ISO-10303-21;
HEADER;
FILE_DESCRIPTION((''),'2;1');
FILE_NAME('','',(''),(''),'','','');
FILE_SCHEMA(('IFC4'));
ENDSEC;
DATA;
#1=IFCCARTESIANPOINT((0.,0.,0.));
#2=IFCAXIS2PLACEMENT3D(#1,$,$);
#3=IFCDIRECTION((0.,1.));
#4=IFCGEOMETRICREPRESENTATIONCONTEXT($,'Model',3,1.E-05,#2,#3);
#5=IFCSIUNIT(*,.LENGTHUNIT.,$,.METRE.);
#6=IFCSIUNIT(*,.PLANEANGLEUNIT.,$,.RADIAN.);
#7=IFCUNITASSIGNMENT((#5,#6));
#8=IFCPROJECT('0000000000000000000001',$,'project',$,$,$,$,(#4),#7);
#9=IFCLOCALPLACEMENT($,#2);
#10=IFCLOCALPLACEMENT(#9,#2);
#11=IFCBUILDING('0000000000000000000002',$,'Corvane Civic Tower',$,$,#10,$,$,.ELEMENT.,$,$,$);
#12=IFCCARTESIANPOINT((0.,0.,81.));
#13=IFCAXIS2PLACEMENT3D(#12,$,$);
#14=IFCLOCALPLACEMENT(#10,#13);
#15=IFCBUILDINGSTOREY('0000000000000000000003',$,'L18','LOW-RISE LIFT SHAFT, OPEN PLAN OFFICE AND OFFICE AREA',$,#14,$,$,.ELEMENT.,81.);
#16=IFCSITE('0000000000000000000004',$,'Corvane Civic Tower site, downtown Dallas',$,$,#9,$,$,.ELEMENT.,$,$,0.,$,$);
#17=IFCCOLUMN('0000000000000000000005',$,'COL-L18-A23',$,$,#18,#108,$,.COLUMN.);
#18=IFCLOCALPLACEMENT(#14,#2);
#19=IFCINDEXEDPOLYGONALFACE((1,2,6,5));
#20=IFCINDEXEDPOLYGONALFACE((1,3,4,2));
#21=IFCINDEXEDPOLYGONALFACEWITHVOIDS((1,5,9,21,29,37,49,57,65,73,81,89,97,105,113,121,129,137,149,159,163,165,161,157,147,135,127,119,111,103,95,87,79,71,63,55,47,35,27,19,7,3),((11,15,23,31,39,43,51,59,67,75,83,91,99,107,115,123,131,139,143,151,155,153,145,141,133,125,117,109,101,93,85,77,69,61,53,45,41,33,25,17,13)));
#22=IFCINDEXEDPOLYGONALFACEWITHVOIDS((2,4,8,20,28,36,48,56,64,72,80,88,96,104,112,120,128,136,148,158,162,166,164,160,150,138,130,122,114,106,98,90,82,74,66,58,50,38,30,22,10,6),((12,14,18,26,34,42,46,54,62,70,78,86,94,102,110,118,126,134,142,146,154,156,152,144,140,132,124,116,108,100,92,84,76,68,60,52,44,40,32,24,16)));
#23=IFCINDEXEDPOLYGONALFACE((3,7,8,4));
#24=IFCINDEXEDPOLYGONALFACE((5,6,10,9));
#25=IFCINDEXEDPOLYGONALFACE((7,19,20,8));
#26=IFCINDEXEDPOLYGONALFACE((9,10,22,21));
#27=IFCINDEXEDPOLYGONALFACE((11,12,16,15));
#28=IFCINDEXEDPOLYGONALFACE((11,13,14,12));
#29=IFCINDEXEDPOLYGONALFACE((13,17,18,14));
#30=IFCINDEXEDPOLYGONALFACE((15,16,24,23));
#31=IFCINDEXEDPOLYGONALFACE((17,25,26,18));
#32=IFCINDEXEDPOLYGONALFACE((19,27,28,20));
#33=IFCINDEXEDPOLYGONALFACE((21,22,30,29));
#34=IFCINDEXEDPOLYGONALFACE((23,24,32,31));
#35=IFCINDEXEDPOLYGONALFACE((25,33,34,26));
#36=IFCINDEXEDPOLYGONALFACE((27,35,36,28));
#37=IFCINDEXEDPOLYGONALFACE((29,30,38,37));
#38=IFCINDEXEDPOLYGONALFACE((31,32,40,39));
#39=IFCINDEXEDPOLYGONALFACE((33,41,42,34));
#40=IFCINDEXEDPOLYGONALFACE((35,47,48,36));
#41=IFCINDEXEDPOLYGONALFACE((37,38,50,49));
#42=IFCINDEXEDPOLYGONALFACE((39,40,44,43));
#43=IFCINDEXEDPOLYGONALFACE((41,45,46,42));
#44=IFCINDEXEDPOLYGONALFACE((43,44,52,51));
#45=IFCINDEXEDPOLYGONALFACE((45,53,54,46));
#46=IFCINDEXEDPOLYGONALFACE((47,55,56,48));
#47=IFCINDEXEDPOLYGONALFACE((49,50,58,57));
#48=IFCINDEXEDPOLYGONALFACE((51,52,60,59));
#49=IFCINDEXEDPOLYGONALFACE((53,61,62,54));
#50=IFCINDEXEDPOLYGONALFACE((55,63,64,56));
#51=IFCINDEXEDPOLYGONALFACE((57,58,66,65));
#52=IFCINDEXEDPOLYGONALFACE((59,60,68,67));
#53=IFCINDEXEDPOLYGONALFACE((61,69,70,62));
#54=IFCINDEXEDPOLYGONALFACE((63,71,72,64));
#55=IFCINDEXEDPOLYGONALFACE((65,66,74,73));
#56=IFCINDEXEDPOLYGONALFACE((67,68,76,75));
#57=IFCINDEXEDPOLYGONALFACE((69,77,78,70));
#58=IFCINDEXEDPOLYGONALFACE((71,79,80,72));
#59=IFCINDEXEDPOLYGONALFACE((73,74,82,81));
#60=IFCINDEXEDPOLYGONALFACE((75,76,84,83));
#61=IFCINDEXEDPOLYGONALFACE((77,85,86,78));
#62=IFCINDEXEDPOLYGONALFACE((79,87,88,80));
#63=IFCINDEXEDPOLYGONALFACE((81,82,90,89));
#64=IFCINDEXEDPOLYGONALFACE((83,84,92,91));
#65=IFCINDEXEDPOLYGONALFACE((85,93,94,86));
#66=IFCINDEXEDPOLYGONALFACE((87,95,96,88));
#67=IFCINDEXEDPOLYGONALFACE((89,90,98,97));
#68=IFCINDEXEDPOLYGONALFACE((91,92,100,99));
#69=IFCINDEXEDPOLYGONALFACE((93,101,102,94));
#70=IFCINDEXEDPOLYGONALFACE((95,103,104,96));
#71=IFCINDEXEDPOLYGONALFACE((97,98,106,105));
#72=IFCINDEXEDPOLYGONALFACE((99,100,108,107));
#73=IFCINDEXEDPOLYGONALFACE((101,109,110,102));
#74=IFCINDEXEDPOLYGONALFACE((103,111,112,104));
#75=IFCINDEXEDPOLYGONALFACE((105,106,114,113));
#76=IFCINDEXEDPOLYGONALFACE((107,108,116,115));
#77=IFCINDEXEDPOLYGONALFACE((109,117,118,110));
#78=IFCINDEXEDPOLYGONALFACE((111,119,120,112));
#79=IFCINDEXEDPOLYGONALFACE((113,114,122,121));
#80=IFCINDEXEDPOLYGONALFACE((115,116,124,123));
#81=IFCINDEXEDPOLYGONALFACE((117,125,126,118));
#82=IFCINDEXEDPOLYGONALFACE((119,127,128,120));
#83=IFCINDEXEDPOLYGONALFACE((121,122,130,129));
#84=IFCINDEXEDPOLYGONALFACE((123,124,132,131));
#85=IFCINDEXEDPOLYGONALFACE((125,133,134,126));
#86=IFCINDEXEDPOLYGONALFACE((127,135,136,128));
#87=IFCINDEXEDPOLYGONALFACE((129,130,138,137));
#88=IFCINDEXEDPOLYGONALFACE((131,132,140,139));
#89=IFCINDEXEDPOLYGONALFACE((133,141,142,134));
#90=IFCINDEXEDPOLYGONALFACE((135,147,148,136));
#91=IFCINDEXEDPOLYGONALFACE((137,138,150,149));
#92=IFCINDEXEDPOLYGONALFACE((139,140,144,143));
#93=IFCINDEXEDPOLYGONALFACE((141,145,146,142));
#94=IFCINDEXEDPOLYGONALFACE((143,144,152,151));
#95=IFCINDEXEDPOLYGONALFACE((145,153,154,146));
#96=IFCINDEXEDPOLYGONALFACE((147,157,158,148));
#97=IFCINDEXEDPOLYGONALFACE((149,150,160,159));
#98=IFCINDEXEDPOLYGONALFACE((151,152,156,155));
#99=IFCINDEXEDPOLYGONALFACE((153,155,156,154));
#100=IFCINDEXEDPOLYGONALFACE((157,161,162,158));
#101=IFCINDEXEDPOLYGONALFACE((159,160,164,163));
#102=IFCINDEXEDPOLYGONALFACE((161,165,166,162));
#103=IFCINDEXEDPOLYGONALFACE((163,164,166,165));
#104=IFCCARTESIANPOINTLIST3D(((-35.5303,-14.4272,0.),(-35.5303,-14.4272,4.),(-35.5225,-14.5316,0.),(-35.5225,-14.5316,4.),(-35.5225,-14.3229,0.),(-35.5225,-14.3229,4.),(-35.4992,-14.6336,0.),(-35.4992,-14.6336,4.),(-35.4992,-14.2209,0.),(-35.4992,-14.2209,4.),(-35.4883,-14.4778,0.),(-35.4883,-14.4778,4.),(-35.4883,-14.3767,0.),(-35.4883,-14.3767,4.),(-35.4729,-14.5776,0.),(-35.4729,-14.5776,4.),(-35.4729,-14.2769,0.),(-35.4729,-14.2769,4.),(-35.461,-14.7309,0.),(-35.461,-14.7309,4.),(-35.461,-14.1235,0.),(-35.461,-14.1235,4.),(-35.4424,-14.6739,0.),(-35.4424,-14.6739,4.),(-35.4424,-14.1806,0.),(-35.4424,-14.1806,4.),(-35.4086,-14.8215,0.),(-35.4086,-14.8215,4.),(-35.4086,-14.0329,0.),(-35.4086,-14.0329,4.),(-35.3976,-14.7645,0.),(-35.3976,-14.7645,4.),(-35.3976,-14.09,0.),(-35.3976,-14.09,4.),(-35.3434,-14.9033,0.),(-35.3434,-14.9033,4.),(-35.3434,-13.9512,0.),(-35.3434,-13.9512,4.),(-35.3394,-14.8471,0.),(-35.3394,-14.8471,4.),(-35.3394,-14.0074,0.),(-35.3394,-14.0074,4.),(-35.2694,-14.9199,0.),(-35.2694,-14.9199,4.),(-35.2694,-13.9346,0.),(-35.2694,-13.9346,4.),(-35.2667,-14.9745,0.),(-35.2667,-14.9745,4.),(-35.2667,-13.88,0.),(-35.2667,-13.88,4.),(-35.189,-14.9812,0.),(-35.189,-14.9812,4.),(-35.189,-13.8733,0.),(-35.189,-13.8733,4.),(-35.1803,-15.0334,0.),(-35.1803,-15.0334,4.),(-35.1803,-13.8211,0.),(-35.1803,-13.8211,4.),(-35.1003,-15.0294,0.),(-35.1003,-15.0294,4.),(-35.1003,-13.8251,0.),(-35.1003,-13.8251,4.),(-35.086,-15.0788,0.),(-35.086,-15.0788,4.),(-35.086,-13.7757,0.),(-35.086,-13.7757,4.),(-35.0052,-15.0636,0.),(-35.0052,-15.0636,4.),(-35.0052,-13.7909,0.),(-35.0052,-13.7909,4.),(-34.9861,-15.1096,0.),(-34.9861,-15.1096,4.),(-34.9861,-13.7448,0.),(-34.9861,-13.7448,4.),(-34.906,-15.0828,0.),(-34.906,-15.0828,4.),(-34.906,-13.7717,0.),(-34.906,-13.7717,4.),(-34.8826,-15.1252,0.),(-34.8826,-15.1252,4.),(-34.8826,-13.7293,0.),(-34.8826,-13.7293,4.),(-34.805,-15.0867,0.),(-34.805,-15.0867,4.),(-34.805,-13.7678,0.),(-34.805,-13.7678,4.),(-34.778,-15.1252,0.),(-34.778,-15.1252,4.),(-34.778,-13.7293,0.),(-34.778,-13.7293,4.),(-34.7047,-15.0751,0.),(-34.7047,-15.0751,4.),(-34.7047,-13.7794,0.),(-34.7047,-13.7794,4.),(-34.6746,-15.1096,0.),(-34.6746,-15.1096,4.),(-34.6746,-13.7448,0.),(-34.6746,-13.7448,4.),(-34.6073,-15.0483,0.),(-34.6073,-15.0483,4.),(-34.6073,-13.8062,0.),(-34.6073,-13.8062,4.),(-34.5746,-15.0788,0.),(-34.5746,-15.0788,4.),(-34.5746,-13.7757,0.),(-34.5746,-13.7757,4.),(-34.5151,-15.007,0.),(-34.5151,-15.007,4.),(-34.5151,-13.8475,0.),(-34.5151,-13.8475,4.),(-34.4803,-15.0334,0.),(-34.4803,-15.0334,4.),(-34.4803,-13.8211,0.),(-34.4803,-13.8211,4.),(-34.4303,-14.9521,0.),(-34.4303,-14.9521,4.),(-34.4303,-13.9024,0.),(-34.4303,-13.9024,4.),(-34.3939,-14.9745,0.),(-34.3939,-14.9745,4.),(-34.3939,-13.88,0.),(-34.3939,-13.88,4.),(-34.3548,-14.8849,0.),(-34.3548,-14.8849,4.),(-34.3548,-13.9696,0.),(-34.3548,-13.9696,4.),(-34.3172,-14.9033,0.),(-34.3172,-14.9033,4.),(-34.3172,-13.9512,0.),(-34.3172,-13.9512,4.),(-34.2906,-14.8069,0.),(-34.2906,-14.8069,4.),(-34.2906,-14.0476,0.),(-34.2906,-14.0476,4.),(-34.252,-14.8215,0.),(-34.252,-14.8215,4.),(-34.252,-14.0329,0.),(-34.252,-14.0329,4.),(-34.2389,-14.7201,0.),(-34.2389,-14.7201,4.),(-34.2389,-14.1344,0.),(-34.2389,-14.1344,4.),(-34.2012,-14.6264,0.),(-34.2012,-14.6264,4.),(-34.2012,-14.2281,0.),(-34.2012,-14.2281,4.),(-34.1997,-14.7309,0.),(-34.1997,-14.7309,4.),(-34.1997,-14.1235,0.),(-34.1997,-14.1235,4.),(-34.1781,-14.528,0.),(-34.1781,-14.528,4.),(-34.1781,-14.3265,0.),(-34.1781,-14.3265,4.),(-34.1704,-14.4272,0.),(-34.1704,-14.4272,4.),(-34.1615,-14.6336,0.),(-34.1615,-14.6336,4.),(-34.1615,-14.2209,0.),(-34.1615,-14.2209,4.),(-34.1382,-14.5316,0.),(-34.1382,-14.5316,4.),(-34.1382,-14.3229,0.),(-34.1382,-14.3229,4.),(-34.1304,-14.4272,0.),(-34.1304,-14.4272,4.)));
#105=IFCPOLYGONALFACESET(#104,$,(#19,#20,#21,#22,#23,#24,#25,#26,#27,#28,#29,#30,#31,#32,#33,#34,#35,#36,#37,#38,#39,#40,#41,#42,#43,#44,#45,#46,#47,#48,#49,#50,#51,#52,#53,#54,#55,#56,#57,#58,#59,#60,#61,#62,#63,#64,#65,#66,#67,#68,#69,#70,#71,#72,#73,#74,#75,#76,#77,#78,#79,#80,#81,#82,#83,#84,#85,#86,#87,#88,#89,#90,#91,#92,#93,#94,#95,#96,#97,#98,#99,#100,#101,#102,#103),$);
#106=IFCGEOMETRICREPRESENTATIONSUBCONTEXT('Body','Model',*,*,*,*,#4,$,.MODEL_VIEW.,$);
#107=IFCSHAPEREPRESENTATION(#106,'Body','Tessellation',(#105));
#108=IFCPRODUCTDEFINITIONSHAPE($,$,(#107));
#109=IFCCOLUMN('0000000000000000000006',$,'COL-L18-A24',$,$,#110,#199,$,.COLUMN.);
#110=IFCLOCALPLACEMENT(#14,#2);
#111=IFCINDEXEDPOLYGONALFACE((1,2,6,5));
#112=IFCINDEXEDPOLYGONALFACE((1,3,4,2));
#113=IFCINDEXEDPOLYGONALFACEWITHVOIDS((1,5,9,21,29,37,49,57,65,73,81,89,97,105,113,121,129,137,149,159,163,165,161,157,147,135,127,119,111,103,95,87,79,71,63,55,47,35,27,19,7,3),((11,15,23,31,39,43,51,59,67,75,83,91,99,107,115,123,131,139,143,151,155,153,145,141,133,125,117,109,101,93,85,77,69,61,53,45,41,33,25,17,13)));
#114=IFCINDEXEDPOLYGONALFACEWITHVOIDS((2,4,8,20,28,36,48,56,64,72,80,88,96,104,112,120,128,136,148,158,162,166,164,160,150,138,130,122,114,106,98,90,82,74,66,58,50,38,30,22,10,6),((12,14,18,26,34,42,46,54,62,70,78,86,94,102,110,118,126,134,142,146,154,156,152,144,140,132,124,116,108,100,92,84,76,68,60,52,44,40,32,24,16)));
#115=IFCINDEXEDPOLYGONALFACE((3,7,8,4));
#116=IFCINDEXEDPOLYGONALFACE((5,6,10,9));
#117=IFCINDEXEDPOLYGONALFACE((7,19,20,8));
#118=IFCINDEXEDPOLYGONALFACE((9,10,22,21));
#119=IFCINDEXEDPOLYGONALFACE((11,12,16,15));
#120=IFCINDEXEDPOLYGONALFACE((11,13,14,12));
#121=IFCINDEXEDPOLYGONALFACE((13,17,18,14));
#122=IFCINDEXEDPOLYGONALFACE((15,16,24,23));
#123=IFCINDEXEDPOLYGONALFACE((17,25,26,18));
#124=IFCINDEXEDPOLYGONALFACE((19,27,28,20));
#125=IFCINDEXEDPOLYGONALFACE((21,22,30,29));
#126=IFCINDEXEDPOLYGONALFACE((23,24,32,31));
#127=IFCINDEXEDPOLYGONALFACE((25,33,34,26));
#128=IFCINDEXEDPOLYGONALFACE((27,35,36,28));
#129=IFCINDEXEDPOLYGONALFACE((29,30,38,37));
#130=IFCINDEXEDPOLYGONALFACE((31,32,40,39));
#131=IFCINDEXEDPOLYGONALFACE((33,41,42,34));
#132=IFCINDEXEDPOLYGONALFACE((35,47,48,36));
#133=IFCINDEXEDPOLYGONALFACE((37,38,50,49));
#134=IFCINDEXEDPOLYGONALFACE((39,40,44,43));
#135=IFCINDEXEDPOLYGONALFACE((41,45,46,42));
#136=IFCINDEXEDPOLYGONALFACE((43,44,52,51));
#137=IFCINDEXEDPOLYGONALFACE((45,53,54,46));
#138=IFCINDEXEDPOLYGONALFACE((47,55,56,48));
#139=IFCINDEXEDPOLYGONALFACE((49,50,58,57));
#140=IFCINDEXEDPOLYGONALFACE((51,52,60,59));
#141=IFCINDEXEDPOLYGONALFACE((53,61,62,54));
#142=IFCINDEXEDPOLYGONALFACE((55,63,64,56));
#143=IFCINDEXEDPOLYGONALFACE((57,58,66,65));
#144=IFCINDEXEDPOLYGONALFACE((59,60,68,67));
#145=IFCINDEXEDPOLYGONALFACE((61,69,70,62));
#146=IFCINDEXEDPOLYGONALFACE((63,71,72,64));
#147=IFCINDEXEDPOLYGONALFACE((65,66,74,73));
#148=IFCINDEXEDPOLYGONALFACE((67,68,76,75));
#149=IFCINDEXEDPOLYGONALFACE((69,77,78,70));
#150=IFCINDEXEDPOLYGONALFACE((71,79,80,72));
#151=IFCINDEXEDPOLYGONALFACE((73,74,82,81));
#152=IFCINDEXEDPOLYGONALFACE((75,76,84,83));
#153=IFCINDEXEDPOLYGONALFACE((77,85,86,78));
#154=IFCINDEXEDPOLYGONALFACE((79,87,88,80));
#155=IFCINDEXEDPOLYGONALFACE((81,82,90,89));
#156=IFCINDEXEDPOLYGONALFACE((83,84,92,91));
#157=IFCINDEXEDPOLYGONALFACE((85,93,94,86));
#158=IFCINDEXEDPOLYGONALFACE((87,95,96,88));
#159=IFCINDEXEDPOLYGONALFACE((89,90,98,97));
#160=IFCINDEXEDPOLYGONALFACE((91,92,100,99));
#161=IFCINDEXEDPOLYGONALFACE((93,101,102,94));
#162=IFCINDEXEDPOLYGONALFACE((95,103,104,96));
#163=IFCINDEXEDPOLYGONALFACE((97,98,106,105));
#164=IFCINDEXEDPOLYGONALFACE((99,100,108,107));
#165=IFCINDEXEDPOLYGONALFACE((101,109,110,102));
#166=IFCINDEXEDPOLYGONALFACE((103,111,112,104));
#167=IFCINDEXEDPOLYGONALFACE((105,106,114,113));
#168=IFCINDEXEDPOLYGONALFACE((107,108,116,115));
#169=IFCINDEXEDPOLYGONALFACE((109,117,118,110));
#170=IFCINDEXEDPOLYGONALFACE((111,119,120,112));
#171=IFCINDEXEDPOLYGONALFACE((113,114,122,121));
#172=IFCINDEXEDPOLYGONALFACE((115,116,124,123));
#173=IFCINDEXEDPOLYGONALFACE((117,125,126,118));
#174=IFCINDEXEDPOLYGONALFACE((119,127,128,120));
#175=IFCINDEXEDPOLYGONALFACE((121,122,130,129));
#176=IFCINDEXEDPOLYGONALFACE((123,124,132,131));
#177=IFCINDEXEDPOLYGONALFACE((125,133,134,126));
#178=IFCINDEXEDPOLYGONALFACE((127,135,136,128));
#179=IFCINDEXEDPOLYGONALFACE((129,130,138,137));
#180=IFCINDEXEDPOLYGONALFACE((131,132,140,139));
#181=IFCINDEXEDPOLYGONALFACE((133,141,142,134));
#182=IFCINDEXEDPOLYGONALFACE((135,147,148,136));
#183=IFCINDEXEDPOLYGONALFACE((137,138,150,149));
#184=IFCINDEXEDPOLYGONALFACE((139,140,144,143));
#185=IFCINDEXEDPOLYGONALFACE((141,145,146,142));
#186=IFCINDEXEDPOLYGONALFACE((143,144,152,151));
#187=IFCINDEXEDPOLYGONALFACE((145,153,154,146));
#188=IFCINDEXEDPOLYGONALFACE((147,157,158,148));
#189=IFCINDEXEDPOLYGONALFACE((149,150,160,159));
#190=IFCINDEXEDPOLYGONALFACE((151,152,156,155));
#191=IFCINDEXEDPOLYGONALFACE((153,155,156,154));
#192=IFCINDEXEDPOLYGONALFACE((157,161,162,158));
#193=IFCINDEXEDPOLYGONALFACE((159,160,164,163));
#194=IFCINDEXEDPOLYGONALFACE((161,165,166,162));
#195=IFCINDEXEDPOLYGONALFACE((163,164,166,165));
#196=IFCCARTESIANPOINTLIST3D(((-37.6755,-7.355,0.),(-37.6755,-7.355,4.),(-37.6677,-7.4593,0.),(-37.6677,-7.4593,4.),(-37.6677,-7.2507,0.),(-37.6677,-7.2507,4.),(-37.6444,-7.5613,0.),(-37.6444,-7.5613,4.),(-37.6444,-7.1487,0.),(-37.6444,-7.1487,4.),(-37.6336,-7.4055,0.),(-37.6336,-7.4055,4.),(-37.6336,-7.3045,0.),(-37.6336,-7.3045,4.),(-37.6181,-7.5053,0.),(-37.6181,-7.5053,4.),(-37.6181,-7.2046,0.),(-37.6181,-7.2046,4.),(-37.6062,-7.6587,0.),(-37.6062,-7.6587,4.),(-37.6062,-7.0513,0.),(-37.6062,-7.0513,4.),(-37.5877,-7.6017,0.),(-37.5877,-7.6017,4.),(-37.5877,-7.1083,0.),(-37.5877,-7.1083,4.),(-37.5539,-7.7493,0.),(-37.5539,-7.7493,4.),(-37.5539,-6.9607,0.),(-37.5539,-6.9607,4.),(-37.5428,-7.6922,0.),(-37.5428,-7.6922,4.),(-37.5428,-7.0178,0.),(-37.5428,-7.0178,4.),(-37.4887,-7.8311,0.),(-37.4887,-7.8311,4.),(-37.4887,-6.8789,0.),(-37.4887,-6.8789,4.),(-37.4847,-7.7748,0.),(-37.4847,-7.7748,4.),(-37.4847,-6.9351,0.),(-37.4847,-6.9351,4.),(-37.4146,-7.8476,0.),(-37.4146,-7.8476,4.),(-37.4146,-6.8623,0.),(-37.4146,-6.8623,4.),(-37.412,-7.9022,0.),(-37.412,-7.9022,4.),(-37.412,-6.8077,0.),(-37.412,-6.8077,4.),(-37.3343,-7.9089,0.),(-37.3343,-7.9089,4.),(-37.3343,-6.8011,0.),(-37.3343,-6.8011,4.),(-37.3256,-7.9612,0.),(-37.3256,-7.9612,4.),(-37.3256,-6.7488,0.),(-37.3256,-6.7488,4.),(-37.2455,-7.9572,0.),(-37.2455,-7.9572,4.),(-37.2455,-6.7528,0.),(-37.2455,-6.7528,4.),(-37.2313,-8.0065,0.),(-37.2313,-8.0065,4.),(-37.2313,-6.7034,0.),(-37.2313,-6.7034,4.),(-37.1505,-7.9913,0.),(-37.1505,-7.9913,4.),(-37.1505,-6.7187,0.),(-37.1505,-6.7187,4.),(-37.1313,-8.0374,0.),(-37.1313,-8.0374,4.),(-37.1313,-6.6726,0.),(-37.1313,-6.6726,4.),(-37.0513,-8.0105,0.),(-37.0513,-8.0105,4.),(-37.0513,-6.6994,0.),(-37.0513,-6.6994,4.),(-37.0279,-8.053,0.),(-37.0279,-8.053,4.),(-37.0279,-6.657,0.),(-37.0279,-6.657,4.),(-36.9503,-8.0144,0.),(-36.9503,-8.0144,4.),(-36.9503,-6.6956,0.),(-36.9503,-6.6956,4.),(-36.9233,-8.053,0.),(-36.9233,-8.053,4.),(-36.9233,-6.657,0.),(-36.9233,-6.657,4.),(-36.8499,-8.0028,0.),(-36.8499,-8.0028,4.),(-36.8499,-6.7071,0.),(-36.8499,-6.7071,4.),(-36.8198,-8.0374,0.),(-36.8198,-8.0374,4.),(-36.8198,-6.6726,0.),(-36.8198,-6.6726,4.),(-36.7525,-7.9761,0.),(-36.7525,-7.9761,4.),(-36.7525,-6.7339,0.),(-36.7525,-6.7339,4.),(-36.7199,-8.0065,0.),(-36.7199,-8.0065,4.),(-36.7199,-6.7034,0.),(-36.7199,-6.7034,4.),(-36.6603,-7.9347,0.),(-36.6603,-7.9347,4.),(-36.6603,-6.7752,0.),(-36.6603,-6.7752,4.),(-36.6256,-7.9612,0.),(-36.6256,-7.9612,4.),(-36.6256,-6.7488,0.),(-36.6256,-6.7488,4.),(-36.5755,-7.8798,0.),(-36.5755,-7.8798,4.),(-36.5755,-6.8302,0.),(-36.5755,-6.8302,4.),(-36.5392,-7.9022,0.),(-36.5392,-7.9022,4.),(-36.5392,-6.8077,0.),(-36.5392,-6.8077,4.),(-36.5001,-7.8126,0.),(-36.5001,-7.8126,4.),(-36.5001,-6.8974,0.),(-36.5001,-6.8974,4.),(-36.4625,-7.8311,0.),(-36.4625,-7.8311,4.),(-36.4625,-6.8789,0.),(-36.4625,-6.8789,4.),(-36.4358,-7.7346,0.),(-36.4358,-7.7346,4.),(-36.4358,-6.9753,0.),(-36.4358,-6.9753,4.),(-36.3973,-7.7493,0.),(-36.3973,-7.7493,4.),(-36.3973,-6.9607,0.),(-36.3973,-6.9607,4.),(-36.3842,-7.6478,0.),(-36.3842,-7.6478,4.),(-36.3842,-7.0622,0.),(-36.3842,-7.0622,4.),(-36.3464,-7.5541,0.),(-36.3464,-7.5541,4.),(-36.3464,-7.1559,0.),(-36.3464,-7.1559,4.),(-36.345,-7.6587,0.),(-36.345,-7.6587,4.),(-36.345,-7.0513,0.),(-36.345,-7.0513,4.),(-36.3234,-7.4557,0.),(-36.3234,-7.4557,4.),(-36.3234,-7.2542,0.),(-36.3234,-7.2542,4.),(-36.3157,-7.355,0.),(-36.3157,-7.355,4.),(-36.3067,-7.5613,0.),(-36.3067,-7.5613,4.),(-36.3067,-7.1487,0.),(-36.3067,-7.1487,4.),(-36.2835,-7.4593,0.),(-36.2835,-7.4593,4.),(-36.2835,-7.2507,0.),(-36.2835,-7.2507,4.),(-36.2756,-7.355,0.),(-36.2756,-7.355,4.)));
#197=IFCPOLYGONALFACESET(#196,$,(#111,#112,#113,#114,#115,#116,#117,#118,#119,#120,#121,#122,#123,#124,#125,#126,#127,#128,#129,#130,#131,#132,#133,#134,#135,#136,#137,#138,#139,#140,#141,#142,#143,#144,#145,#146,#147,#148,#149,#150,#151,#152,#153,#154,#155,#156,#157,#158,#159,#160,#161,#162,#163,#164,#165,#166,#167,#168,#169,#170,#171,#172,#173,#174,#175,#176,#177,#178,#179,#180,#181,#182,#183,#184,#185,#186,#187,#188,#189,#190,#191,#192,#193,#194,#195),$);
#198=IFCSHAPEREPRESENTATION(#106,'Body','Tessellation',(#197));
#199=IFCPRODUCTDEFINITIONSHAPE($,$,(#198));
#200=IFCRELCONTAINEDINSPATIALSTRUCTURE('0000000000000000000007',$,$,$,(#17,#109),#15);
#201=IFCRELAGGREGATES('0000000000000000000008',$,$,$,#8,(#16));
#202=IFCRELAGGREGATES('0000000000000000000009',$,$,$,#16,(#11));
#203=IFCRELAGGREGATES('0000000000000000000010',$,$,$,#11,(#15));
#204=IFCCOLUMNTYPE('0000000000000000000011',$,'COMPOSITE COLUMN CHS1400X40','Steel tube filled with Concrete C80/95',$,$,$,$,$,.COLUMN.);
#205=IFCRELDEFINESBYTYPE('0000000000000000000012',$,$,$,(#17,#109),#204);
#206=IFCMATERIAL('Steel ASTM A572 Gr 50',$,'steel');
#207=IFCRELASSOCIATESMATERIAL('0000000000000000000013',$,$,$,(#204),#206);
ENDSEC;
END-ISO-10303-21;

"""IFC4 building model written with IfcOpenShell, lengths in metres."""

from ifc_helpers import new_model, si_unit, direction, frame, origin, origin_2d, place, context, subcontext, project, spatial, hollow_circle, extrude, material, material_profile, profile_set, type_object, element, save


model = new_model("IFC4")

# Units and contexts
model_context = context("Model", 3, precision=1e-05, world=origin(), true_north=direction((0.0, 1.0)))
body_context = subcontext(model_context, "Body", "Model", "MODEL_VIEW")
ifc_project = project(units=[si_unit("LENGTHUNIT", "METRE"), si_unit("PLANEANGLEUNIT", "RADIAN")], contexts=[model_context])

# Site, building, storey
site_placement = place(None, origin())
site = spatial("IfcSite", under=ifc_project, at=site_placement, Name="Corvane Civic Tower site, downtown Dallas", CompositionType="ELEMENT", RefElevation=0.0)
building_placement = place(site_placement, origin())
building = spatial("IfcBuilding", under=site, at=building_placement, Name="Corvane Civic Tower", CompositionType="ELEMENT")
storey_placement = place(building_placement, frame((0.0, 0.0, 81.0)))
storey = spatial("IfcBuildingStorey", under=building, at=storey_placement, Name="L18", Description="LOW-RISE LIFT SHAFT, OPEN PLAN OFFICE AND OFFICE AREA", CompositionType="ELEMENT", Elevation=81.0)

# Columns
ifc_material_1 = material(Name="Steel ASTM A572 Gr 50", Category="steel")
ifc_material_profile_1 = material_profile(ifc_material_1, hollow_circle(Radius=0.7, WallThickness=0.04, at=origin_2d()), Name="CHS1400X40")
ifc_profile_set_1 = profile_set([ifc_material_profile_1], Name="Steel ASTM A572 Gr 50")
column_type = type_object("IfcColumnType", Name="COMPOSITE COLUMN CHS1400X40", Description="Steel tube filled with Concrete C80/95", PredefinedType="COLUMN", material=ifc_profile_set_1)
for number, where, z_axis, x_axis, name in (
    (1, (-34.8303, -14.4272, 0.0), (0.0, 0.0, 1.0), (1.0, 0.0, 0.0), "COL-L18-A23"),
    (2, (-36.9756, -7.355, 0.0), (0.0, 0.0, 1.0), (1.0, 0.0, 0.0), "COL-L18-A24"),
):
    element("IfcColumn", number, at=place(storey_placement, frame(where, z_axis=z_axis, x_axis=x_axis)), inside=storey, type_object=column_type, Name=name, PredefinedType="COLUMN", context=body_context, shape_type="SweptSolid", body=[
        extrude(hollow_circle(Radius=0.7, WallThickness=0.04, at=origin_2d()), origin(), (0.0, 0.0, 1.0), 4.0),
    ])

save(model, "model.ifc")
